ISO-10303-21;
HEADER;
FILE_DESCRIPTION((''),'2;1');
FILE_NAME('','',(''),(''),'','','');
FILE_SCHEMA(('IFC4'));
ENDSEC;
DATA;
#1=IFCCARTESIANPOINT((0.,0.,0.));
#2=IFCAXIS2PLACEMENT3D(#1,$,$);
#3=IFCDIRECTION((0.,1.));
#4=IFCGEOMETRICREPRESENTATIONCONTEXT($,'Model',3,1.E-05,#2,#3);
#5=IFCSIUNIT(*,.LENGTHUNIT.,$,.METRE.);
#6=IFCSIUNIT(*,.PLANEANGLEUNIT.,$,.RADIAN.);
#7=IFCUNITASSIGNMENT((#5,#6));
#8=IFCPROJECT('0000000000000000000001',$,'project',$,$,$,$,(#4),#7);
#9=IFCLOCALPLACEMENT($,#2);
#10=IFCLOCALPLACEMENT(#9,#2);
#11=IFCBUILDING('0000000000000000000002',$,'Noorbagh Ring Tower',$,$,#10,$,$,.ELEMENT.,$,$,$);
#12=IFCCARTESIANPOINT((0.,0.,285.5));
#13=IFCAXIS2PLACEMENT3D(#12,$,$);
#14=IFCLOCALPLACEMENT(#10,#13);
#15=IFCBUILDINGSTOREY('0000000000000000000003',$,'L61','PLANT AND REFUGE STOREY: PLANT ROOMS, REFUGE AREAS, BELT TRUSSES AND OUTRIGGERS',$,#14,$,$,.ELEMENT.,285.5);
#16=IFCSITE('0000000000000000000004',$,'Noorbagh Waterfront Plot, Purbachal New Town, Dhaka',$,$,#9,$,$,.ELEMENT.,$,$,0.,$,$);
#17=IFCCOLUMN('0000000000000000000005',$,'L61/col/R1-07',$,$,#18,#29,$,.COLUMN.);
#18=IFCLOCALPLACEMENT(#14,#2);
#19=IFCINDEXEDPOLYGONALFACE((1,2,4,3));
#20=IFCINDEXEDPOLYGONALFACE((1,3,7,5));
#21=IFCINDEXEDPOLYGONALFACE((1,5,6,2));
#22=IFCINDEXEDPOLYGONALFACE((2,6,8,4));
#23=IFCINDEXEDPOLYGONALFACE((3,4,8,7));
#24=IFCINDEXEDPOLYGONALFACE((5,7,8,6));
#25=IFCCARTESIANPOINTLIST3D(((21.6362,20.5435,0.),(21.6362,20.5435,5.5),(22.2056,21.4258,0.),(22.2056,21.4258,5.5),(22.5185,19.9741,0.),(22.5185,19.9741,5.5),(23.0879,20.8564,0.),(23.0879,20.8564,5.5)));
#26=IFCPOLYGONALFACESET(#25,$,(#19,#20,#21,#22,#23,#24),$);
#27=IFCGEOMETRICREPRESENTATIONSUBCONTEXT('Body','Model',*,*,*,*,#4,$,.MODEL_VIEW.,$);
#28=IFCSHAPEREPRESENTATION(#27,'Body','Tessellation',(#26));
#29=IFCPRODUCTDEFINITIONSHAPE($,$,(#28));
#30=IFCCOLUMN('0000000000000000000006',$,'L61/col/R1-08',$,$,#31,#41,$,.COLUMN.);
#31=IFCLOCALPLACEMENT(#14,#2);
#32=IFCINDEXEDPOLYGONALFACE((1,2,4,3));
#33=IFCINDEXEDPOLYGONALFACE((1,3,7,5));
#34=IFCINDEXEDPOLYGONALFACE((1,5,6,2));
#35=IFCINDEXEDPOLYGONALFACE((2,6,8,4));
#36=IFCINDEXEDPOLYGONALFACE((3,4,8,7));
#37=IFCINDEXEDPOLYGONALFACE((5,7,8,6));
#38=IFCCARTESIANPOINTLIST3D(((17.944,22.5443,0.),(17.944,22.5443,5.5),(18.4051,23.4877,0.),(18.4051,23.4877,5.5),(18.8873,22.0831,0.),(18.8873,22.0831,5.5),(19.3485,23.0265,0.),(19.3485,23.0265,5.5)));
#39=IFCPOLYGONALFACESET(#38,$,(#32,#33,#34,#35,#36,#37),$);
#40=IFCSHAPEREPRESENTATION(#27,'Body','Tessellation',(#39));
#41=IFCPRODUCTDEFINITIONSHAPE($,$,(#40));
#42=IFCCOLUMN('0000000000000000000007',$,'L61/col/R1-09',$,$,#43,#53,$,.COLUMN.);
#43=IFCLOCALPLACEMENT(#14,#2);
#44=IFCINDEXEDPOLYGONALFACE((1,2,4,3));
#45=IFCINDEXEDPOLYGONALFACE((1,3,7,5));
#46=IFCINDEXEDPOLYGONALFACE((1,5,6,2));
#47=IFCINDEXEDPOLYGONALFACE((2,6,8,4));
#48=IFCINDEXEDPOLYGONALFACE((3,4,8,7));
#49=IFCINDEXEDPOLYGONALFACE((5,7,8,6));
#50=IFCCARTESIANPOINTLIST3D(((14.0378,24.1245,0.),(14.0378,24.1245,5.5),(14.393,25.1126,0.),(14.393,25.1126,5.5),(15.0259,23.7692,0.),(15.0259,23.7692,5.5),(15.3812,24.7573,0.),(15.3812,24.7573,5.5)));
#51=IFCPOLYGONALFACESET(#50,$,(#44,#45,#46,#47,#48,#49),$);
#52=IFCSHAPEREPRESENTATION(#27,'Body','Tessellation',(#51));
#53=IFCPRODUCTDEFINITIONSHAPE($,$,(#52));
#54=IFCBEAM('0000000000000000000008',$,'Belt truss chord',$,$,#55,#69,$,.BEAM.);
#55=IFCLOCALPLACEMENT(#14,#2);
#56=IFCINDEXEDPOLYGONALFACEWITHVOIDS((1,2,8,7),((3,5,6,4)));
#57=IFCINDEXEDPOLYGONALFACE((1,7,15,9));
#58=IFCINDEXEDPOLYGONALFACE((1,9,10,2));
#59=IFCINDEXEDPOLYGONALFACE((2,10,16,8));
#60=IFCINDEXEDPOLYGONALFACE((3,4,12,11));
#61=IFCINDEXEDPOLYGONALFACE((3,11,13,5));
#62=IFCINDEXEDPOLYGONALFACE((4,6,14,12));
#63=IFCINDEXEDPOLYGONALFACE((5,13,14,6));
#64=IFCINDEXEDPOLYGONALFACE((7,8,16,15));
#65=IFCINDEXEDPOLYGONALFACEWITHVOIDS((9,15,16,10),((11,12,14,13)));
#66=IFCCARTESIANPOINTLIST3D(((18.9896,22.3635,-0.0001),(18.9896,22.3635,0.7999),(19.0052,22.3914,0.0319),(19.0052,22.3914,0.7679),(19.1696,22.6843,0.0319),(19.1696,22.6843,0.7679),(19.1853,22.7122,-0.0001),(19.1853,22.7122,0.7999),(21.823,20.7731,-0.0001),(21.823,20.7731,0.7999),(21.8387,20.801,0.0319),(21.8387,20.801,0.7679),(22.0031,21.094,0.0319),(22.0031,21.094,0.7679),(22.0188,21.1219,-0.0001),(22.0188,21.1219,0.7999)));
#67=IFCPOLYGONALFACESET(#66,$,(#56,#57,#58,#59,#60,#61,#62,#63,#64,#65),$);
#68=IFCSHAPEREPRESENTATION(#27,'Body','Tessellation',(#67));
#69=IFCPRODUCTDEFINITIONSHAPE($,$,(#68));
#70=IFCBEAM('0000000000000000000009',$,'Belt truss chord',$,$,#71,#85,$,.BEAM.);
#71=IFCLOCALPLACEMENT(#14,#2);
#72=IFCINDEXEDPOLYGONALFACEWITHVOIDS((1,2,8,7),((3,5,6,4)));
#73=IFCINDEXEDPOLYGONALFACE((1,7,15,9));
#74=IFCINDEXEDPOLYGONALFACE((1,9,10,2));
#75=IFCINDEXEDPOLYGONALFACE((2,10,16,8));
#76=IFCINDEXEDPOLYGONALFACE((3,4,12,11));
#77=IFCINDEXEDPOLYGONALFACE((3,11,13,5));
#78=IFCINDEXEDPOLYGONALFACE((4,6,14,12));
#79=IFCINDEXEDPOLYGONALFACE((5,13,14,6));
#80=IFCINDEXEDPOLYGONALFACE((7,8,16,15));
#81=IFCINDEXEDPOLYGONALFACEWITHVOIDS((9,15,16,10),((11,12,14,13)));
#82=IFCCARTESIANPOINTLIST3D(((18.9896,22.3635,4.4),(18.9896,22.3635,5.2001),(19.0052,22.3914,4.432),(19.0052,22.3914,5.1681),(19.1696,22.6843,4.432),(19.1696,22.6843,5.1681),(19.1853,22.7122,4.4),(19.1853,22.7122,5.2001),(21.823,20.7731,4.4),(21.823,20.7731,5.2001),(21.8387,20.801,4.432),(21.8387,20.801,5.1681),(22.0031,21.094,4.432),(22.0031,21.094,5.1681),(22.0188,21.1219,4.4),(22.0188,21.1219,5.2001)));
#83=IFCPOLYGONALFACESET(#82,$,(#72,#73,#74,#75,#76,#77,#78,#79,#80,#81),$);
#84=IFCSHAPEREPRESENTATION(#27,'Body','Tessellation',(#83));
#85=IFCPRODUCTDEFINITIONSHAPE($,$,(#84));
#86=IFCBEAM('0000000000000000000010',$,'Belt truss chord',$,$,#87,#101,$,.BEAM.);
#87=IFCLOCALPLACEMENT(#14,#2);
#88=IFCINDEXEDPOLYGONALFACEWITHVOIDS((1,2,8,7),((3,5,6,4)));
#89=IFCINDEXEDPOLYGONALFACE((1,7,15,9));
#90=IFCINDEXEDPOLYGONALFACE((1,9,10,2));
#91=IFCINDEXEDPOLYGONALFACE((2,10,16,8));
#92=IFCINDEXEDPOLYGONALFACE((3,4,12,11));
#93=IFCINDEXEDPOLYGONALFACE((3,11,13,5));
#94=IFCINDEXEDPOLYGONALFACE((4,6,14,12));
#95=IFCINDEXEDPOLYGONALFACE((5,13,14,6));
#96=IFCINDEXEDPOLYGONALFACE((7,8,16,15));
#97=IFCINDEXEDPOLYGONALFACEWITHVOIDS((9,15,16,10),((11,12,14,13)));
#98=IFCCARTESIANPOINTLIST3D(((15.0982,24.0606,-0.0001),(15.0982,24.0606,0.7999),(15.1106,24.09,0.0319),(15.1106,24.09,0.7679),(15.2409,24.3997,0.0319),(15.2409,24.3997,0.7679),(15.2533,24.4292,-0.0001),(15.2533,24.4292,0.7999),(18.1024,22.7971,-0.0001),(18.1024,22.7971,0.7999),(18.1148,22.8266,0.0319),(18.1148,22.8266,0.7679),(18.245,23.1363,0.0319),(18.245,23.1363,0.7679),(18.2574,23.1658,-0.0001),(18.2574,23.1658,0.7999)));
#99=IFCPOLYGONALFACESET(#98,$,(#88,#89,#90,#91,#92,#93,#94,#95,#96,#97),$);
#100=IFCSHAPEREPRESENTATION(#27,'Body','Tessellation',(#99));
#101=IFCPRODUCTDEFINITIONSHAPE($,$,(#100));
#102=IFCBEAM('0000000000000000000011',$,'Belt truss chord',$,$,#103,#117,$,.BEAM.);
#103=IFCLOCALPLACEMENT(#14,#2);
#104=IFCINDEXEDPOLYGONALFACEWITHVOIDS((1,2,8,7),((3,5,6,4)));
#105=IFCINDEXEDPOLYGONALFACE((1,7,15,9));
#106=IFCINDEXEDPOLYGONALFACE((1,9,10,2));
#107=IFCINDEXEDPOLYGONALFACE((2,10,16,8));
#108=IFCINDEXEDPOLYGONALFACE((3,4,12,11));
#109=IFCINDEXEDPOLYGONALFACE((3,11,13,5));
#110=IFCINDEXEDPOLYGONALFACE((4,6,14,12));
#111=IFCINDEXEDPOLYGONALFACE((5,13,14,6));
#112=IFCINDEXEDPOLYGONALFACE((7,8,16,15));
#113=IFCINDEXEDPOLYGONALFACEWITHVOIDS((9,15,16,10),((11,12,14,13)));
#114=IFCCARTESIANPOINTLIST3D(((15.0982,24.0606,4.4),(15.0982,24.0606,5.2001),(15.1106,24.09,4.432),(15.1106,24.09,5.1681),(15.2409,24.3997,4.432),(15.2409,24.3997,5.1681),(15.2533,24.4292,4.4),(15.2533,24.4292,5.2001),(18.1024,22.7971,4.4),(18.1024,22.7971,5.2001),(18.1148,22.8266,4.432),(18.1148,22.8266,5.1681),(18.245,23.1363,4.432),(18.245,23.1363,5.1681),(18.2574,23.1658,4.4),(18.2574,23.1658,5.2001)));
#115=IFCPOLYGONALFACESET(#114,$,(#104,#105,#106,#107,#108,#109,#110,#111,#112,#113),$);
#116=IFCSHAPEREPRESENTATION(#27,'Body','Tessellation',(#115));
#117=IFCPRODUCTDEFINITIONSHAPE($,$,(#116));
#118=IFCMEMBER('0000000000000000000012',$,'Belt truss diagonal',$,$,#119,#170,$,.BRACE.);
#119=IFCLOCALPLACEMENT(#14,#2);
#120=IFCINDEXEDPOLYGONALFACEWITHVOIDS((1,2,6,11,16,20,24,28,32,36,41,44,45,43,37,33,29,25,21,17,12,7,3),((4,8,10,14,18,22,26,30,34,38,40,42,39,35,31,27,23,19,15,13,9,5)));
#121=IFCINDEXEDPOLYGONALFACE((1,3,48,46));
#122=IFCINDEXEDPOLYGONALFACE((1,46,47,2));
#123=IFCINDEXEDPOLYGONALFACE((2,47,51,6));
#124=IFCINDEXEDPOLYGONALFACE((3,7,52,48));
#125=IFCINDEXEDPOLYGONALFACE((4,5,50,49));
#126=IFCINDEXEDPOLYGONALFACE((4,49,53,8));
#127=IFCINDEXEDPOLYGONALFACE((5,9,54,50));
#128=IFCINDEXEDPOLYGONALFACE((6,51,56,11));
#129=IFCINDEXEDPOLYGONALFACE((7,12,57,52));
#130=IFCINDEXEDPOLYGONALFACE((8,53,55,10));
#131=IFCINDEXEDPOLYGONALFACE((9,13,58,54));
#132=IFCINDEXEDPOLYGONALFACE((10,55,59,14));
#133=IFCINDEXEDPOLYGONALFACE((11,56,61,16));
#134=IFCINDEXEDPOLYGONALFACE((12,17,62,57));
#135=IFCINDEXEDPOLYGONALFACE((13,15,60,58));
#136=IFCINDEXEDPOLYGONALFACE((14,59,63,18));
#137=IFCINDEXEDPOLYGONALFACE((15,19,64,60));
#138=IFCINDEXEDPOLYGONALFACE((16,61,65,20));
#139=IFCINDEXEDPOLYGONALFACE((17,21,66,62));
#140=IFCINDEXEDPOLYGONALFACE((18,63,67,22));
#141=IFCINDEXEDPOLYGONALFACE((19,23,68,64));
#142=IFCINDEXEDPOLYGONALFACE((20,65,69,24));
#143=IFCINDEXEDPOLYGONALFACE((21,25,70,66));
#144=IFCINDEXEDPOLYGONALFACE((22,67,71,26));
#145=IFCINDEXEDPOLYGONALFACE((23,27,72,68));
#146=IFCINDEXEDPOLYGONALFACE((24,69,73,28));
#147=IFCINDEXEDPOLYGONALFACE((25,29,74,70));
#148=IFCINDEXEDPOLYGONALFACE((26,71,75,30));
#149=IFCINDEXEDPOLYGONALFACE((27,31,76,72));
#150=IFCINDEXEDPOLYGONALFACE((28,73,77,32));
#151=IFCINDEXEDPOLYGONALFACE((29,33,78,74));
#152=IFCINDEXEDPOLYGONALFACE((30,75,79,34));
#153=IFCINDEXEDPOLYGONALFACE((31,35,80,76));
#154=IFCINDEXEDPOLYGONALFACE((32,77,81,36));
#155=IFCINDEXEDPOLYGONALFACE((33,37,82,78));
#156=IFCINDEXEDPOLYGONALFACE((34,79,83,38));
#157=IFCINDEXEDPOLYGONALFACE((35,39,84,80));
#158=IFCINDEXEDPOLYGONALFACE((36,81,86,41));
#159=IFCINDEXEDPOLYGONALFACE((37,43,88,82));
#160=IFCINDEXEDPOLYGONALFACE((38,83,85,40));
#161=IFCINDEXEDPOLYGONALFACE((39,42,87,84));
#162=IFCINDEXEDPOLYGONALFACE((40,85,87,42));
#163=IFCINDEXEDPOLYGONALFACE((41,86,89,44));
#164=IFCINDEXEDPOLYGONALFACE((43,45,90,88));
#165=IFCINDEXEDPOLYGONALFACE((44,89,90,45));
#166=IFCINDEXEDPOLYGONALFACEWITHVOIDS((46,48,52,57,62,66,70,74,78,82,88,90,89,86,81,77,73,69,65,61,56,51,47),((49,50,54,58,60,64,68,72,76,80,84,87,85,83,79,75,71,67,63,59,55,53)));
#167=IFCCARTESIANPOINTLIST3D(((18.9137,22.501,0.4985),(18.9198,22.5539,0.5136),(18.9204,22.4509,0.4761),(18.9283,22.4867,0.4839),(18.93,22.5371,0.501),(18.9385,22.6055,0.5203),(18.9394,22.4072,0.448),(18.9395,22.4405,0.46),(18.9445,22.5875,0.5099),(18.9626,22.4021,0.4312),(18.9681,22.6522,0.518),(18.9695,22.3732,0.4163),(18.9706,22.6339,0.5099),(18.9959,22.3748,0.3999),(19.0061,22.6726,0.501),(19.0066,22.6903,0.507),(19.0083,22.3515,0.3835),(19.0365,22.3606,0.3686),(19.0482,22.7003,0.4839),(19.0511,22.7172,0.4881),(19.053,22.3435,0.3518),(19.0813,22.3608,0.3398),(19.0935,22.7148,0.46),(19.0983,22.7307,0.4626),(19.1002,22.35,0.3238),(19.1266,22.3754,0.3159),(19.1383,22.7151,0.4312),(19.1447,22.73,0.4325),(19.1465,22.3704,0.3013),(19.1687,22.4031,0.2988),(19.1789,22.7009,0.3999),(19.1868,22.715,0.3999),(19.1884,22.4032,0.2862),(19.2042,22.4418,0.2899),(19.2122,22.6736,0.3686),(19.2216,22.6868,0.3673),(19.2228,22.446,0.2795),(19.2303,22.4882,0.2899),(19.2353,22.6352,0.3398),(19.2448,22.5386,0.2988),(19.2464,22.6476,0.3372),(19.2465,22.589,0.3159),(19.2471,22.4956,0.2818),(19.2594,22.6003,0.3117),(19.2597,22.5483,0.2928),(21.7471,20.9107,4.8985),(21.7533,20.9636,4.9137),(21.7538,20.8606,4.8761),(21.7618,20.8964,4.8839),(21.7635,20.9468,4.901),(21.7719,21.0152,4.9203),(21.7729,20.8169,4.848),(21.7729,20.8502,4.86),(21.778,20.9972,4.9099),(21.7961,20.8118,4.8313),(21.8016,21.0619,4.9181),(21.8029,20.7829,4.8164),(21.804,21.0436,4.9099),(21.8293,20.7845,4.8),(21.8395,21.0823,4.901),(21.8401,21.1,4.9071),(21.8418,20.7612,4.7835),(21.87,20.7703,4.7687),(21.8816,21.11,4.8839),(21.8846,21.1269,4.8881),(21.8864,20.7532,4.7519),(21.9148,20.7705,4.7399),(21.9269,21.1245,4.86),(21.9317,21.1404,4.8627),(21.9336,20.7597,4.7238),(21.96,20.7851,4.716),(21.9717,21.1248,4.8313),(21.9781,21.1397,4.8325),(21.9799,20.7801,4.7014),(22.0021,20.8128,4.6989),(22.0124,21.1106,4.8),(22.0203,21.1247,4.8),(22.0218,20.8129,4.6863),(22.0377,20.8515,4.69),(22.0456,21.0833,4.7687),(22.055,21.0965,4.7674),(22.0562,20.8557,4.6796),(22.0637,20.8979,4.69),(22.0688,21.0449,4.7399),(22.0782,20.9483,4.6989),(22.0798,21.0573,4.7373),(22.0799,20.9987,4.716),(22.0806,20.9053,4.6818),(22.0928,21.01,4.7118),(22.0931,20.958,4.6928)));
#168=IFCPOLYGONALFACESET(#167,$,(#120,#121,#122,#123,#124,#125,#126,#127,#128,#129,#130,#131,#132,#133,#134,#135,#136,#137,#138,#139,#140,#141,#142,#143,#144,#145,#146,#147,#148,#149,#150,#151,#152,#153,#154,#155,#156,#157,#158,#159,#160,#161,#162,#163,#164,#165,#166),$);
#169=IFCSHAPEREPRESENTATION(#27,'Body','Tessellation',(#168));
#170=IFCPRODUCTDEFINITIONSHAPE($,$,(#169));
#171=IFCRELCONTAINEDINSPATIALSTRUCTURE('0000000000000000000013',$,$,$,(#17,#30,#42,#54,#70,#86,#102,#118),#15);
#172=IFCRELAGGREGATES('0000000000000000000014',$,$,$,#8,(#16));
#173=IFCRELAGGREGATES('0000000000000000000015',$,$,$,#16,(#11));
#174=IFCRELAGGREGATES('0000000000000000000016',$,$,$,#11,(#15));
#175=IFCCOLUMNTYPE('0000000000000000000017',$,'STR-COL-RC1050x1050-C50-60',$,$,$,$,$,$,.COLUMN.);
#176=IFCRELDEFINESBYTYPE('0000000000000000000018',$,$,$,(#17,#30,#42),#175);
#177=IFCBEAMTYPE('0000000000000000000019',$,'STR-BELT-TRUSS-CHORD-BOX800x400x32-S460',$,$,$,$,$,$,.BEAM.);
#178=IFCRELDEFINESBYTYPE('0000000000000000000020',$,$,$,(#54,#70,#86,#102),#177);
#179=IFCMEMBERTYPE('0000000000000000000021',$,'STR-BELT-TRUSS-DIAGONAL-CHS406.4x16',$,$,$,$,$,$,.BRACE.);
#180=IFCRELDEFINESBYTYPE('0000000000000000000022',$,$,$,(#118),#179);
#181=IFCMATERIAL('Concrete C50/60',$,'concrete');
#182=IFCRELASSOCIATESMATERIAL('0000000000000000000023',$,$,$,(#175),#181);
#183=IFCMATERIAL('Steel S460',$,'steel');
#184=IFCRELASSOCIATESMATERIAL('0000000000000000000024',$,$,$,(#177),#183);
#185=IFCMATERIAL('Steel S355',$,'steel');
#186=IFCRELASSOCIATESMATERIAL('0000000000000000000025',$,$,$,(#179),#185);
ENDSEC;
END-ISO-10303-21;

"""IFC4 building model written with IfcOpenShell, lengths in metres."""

from ifc_helpers import new_model, si_unit, direction, frame, origin, origin_2d, place, context, subcontext, project, spatial, rectangle, hollow_rectangle, hollow_circle, extrude, material, material_profile, profile_set, type_object, element, save


model = new_model("IFC4")

# Units and contexts
model_context = context("Model", 3, precision=1e-05, world=origin(), true_north=direction((0.0, 1.0)))
body_context = subcontext(model_context, "Body", "Model", "MODEL_VIEW")
ifc_project = project(units=[si_unit("LENGTHUNIT", "METRE"), si_unit("PLANEANGLEUNIT", "RADIAN")], contexts=[model_context])

# Site, building, storey
site_placement = place(None, origin())
site = spatial("IfcSite", under=ifc_project, at=site_placement, Name="Noorbagh Waterfront Plot, Purbachal New Town, Dhaka", CompositionType="ELEMENT", RefElevation=0.0)
building_placement = place(site_placement, origin())
building = spatial("IfcBuilding", under=site, at=building_placement, Name="Noorbagh Ring Tower", CompositionType="ELEMENT")
storey_placement = place(building_placement, frame((0.0, 0.0, 285.5)))
storey = spatial("IfcBuildingStorey", under=building, at=storey_placement, Name="L61", Description="PLANT AND REFUGE STOREY: PLANT ROOMS, REFUGE AREAS, BELT TRUSSES AND OUTRIGGERS", CompositionType="ELEMENT", Elevation=285.5)

# Columns
ifc_material_1 = material(Name="Concrete C50/60", Category="concrete")
ifc_material_profile_1 = material_profile(ifc_material_1, rectangle(XDim=1.05, YDim=1.05, at=origin_2d()), Name="RC1050x1050")
ifc_profile_set_1 = profile_set([ifc_material_profile_1], Name="Concrete C50/60")
column_type = type_object("IfcColumnType", Name="STR-COL-RC1050x1050-C50-60", PredefinedType="COLUMN", material=ifc_profile_set_1)
for number, where, z_axis, x_axis, name in (
    (1, (22.3621, 20.7, 0.0), (0.0, 0.0, 1.0), (-0.840248, 0.542203, 0.0), "L61/col/R1-07"),
    (2, (18.6462, 22.7854, 0.0), (0.0, 0.0, 1.0), (-0.898399, 0.43918, 0.0), "L61/col/R1-08"),
    (3, (14.7095, 24.4409, 0.0), (0.0, 0.0, 1.0), (-0.941025, 0.338338, 0.0), "L61/col/R1-09"),
):
    element("IfcColumn", number, at=place(storey_placement, frame(where, z_axis=z_axis, x_axis=x_axis)), inside=storey, type_object=column_type, Name=name, PredefinedType="COLUMN", context=body_context, shape_type="SweptSolid", body=[
        extrude(rectangle(XDim=1.05, YDim=1.05, at=origin_2d()), origin(), (0.0, 0.0, 1.0), 5.5),
    ])

# Beams
ifc_material_2 = material(Name="Steel S460", Category="steel")
ifc_material_profile_2 = material_profile(ifc_material_2, hollow_rectangle(XDim=0.3999, YDim=0.8, WallThickness=0.032, at=origin_2d()), Name="BOX800x400x32")
ifc_profile_set_2 = profile_set([ifc_material_profile_2], Name="Steel S460")
beam_type_1 = type_object("IfcBeamType", Name="STR-BELT-TRUSS-CHORD-BOX800x400x32-S460", PredefinedType="BEAM", material=ifc_profile_set_2)
for number, where, z_axis, x_axis, name in (
    (4, (21.9209, 20.9475, 0.3999), (-0.872037, 0.489441, 0.0), (-0.489441, -0.872037, 0.0), "Belt truss chord"),
    (5, (21.9209, 20.9475, 4.8), (-0.872037, 0.489441, 0.0), (-0.489441, -0.872037, 0.0), "Belt truss chord"),
):
    element("IfcBeam", number, at=place(storey_placement, frame(where, z_axis=z_axis, x_axis=x_axis)), inside=storey, type_object=beam_type_1, Name=name, PredefinedType="BEAM", context=body_context, shape_type="SweptSolid", body=[
        extrude(hollow_rectangle(XDim=0.3999, YDim=0.8, WallThickness=0.032, at=origin_2d()), origin(), (0.0, 0.0, 1.0), 3.2493),
    ])
for number, where, z_axis, x_axis, name in (
    (6, (18.1799, 22.9814, 0.3999), (-0.921797, 0.387672, 0.0), (-0.387672, -0.921797, 0.0), "Belt truss chord"),
    (7, (18.1799, 22.9814, 4.8), (-0.921797, 0.387672, 0.0), (-0.387672, -0.921797, 0.0), "Belt truss chord"),
):
    element("IfcBeam", number, at=place(storey_placement, frame(where, z_axis=z_axis, x_axis=x_axis)), inside=storey, type_object=beam_type_1, Name=name, PredefinedType="BEAM", context=body_context, shape_type="SweptSolid", body=[
        extrude(hollow_rectangle(XDim=0.3999, YDim=0.8, WallThickness=0.032, at=origin_2d()), origin(), (0.0, 0.0, 1.0), 3.259),
    ])

# Member
ifc_material_3 = material(Name="Steel S355", Category="steel")
ifc_material_profile_3 = material_profile(ifc_material_3, hollow_circle(Radius=0.2031, WallThickness=0.0161, at=origin_2d()), Name="CHS406.4x16")
ifc_profile_set_3 = profile_set([ifc_material_profile_3], Name="Steel S355")
member_type = type_object("IfcMemberType", Name="STR-BELT-TRUSS-DIAGONAL-CHS406.4x16", PredefinedType="BRACE", material=ifc_profile_set_3)
member_1_placement = place(storey_placement, frame((19.0874, 22.5378, 0.3999), z_axis=(0.518022, -0.290746, 0.804438), x_axis=(0.489441, 0.872037, 0.0)))
element("IfcMember", 8, at=member_1_placement, inside=storey, type_object=member_type, Name="Belt truss diagonal", PredefinedType="BRACE", context=body_context, shape_type="SweptSolid", body=[
    extrude(hollow_circle(Radius=0.2031, WallThickness=0.0161, at=origin_2d()), origin(), (0.0, 0.0, 1.0), 5.4697),
])

save(model, "model.ifc")
